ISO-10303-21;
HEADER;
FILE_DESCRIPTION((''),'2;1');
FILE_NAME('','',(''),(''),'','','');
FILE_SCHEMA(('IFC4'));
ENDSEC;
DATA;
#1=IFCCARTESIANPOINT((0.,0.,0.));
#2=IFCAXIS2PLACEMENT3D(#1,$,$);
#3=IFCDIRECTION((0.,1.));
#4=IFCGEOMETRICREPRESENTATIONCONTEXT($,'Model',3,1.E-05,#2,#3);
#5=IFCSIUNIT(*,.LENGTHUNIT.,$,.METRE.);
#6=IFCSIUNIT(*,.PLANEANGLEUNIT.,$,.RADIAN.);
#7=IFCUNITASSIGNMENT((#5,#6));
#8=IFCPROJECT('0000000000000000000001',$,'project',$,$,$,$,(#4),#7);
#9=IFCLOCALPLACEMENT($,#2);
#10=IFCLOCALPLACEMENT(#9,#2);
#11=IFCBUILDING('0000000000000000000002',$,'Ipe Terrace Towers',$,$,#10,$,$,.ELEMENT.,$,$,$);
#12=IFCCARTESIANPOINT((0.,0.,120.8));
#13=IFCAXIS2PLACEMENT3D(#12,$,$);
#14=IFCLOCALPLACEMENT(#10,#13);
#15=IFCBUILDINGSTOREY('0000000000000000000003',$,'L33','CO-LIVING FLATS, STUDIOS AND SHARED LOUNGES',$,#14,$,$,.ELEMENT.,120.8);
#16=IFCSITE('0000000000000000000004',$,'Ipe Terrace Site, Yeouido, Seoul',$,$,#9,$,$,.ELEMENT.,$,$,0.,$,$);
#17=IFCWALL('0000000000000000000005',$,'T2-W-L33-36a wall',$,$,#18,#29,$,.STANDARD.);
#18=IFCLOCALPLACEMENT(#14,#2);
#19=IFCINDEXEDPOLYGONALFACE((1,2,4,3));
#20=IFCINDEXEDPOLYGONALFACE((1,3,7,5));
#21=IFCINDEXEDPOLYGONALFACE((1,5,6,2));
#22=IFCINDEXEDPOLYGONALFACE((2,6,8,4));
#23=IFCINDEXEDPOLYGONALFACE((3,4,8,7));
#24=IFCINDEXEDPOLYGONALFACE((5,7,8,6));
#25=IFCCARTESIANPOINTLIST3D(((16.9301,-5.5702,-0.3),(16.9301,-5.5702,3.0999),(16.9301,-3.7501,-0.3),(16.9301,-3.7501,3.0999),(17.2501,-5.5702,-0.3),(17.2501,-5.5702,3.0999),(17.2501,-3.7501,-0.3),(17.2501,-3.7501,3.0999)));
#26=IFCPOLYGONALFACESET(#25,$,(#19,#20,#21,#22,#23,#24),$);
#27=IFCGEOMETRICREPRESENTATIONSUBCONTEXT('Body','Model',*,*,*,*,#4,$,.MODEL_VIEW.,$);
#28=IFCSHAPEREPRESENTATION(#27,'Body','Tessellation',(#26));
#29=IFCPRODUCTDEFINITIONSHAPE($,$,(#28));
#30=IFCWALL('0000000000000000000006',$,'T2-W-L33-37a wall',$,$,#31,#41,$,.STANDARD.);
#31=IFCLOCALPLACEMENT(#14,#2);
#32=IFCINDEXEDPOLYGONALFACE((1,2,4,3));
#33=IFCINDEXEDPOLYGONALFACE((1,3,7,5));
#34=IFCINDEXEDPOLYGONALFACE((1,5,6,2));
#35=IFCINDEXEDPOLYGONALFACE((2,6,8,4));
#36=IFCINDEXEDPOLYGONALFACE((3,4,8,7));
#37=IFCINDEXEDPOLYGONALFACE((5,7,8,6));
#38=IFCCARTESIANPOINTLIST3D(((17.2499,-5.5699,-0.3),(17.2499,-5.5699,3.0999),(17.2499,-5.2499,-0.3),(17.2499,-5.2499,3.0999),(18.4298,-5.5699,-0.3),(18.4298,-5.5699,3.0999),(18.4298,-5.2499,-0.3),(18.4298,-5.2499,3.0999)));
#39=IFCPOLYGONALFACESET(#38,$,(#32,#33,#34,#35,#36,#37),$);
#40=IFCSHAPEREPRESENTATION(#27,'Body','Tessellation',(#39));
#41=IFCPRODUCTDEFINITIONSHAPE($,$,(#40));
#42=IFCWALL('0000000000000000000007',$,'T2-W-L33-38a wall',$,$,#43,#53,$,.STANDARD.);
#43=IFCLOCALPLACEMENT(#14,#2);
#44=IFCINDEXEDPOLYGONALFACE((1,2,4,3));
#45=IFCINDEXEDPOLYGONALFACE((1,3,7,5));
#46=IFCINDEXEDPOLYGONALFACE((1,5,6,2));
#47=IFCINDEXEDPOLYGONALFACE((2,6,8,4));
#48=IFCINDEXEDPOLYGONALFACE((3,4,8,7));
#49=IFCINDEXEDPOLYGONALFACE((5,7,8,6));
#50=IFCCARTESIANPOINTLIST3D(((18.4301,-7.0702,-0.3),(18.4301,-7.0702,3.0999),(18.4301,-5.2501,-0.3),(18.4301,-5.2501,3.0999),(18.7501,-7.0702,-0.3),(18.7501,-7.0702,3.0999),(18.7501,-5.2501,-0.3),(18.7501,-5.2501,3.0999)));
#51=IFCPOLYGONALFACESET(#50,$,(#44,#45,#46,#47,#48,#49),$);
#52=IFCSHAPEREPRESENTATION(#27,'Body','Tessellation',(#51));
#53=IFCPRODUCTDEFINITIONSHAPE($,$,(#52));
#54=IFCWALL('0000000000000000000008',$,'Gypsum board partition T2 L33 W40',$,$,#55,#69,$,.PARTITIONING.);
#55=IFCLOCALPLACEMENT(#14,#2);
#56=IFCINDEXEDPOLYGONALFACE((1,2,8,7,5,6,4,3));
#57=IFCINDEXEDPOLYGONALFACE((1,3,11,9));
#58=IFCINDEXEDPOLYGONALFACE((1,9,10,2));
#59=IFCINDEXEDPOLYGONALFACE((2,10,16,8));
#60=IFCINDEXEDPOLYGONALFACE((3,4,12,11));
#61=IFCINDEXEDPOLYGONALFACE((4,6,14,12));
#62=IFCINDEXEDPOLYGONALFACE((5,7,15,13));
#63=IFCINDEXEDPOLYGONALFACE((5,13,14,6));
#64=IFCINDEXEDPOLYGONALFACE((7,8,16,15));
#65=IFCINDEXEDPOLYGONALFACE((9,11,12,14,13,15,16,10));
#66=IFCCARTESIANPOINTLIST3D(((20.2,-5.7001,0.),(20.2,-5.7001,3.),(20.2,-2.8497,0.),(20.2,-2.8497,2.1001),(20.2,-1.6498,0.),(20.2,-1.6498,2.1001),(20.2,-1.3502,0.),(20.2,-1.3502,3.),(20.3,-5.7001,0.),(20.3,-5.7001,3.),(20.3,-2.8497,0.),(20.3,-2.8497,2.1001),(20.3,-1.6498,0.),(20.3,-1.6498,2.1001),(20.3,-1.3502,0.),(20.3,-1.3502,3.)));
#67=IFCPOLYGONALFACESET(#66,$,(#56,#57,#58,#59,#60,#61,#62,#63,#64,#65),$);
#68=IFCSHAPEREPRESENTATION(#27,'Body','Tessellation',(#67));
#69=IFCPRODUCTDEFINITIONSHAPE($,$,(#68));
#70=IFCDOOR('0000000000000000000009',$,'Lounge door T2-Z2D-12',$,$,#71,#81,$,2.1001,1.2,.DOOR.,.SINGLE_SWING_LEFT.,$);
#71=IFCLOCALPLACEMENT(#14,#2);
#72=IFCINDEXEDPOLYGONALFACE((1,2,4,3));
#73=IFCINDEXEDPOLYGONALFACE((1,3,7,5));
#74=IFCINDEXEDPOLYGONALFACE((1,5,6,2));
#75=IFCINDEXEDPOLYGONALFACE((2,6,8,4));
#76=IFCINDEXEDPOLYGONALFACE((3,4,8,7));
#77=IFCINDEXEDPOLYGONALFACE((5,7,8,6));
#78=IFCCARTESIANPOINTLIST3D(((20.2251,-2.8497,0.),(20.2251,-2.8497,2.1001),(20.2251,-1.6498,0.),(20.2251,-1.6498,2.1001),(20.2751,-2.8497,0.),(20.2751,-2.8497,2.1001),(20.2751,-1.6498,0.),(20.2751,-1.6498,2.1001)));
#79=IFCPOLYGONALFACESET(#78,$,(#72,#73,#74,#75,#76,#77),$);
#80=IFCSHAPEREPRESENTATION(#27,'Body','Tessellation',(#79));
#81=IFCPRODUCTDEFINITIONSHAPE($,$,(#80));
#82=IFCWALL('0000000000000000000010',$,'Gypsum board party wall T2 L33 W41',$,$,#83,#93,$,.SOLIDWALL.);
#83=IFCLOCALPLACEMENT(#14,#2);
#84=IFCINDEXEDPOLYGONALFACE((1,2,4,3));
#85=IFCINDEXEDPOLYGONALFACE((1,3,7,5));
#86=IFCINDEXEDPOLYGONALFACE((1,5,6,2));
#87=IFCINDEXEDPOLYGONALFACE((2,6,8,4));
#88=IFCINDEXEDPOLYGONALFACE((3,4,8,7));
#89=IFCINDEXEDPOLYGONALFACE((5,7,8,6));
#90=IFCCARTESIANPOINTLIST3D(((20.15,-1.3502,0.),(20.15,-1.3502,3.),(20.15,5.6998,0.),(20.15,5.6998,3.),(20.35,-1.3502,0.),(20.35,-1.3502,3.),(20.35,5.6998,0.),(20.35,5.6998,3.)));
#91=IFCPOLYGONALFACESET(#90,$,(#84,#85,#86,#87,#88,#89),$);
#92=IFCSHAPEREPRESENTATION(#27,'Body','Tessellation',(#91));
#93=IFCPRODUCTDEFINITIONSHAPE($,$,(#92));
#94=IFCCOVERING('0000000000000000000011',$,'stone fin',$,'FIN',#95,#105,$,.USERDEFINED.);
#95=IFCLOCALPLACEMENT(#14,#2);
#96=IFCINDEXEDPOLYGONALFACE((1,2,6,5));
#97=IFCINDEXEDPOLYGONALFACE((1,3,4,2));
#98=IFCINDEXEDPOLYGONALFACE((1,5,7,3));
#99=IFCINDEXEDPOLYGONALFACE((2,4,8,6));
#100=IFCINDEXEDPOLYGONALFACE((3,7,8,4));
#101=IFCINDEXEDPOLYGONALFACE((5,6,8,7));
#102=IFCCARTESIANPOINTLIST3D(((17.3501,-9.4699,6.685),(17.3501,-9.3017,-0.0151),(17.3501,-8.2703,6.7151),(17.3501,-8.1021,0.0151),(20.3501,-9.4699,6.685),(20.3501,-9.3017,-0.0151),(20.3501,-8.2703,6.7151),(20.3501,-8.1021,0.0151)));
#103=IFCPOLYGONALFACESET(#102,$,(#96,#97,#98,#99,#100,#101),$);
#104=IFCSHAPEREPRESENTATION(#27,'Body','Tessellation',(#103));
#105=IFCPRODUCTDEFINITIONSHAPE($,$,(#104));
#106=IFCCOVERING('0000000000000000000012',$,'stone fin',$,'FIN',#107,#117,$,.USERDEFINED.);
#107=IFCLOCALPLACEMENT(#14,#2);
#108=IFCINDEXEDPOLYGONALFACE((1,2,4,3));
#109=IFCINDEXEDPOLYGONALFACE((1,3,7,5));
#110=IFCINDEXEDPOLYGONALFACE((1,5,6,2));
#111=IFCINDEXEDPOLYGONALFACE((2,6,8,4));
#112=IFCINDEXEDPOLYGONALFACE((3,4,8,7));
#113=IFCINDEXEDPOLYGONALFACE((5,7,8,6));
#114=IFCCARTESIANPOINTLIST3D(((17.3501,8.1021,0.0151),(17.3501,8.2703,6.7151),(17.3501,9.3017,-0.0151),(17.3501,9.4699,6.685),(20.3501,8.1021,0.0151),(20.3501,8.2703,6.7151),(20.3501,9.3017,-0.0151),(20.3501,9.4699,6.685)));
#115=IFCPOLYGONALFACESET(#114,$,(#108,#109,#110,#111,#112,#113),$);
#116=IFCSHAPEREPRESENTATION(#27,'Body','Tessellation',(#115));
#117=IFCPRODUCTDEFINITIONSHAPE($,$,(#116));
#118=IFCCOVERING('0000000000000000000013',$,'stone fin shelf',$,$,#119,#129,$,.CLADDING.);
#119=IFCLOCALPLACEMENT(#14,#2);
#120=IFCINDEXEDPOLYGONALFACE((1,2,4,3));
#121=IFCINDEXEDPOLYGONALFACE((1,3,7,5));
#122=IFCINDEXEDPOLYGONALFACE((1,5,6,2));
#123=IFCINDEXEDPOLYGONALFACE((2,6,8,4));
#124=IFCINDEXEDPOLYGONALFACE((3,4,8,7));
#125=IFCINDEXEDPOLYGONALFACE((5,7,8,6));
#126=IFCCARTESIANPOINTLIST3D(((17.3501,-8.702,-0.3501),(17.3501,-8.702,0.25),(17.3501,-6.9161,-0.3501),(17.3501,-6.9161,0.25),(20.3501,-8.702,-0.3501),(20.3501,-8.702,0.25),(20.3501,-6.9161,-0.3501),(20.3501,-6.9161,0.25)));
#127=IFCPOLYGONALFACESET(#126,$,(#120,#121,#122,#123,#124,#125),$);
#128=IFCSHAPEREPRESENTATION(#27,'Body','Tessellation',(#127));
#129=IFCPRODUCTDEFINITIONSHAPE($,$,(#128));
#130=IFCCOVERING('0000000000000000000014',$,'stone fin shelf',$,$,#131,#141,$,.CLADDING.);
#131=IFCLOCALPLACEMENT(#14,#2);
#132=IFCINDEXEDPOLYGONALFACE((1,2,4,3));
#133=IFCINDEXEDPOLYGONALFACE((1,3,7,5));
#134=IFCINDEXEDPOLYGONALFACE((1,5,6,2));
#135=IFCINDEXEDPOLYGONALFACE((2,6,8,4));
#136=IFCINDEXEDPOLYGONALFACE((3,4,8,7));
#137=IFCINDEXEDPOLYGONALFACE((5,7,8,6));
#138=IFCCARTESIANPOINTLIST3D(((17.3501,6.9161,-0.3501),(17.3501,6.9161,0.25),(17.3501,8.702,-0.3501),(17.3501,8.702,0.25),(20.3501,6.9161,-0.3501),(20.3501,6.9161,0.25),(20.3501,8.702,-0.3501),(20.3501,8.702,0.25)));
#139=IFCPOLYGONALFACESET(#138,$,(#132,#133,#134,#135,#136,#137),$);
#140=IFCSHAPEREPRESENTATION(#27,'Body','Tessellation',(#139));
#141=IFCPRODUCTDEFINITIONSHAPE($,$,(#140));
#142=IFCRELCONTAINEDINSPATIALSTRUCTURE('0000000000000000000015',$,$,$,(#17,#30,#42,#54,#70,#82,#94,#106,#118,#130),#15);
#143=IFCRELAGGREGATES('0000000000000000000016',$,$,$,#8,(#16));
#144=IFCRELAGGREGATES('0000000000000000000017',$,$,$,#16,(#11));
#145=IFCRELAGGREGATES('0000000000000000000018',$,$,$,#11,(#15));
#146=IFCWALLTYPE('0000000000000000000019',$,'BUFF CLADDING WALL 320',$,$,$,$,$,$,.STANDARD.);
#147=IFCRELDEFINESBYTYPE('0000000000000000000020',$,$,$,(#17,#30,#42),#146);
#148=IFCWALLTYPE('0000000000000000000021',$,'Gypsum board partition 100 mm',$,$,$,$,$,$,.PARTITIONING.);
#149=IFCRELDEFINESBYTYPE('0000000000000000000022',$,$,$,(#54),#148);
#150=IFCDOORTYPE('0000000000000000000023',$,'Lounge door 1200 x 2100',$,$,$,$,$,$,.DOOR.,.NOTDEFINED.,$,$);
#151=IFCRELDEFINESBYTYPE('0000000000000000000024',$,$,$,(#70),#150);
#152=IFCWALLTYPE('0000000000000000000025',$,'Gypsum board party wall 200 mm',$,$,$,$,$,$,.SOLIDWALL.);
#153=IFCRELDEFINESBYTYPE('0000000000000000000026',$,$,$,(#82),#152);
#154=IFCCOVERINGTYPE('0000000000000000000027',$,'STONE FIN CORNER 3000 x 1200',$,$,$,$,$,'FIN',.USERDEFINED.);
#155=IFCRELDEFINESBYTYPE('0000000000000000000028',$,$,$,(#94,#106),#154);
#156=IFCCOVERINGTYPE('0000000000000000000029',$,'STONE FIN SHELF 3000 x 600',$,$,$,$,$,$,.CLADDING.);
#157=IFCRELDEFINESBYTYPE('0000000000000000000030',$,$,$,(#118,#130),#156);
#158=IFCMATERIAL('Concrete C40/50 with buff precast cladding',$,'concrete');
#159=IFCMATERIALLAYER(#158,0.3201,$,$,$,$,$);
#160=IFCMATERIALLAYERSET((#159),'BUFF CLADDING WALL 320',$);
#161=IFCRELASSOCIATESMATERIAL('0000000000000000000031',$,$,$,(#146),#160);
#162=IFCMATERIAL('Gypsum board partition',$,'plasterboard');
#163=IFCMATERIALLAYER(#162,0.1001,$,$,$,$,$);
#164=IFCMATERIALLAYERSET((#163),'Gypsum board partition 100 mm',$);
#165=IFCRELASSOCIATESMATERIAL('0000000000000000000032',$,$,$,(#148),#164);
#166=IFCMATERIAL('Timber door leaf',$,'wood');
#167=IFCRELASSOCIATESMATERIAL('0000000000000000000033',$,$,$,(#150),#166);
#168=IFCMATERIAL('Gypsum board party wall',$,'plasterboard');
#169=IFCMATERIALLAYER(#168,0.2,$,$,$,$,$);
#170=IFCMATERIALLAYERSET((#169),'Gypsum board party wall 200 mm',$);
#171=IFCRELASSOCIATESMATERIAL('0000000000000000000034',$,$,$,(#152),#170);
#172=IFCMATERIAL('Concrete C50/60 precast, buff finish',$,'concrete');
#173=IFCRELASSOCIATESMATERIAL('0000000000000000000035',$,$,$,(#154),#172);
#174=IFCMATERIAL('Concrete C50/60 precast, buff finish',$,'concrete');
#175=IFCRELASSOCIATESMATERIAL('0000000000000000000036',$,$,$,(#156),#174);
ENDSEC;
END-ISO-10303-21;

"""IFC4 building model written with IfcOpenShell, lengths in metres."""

from ifc_helpers import new_model, si_unit, direction, frame, frame_2d, origin, origin_2d, place, context, subcontext, project, spatial, rectangle, extrude, material, layer, layer_set, material_profile, profile_set, type_object, element, fill, save


model = new_model("IFC4")

# Units and contexts
model_context = context("Model", 3, precision=1e-05, world=origin(), true_north=direction((0.0, 1.0)))
body_context = subcontext(model_context, "Body", "Model", "MODEL_VIEW")
ifc_project = project(units=[si_unit("LENGTHUNIT", "METRE"), si_unit("PLANEANGLEUNIT", "RADIAN")], contexts=[model_context])

# Site, building, storey
site_placement = place(None, origin())
site = spatial("IfcSite", under=ifc_project, at=site_placement, Name="Ipe Terrace Site, Yeouido, Seoul", CompositionType="ELEMENT", RefElevation=0.0)
building_placement = place(site_placement, origin())
building = spatial("IfcBuilding", under=site, at=building_placement, Name="Ipe Terrace Towers", CompositionType="ELEMENT")
storey_placement = place(building_placement, frame((0.0, 0.0, 120.8)))
storey = spatial("IfcBuildingStorey", under=building, at=storey_placement, Name="L33", Description="CO-LIVING FLATS, STUDIOS AND SHARED LOUNGES", CompositionType="ELEMENT", Elevation=120.8)

# Walls
ifc_material_1 = material(Name="Concrete C40/50 with buff precast cladding", Category="concrete")
ifc_layer_1 = layer(ifc_material_1, 0.3201)
ifc_layer_set_1 = layer_set([ifc_layer_1], Name="BUFF CLADDING WALL 320")
wall_type_1 = type_object("IfcWallType", Name="BUFF CLADDING WALL 320", PredefinedType="STANDARD", material=ifc_layer_set_1)
for number, where, z_axis, x_axis, name in (
    (1, (17.0901, -3.75, -0.3), (0.0, 0.0, 1.0), (0.0, -1.0, 0.0), "T2-W-L33-36a wall"),
):
    element("IfcWall", number, at=place(storey_placement, frame(where, z_axis=z_axis, x_axis=x_axis)), inside=storey, type_object=wall_type_1, Name=name, PredefinedType="STANDARD", context=body_context, shape_type="SweptSolid", body=[
        extrude(rectangle(XDim=1.8201, YDim=0.3201, at=frame_2d((0.9102, 0.0))), origin(), (0.0, 0.0, 1.0), 3.3999),
    ])
wall_1_placement = place(storey_placement, frame((17.25, -5.4099, -0.3), z_axis=(0.0, 0.0, 1.0), x_axis=(1.0, 0.0, 0.0)))
element("IfcWall", 2, at=wall_1_placement, inside=storey, type_object=wall_type_1, Name="T2-W-L33-37a wall", PredefinedType="STANDARD", context=body_context, shape_type="SweptSolid", body=[
    extrude(rectangle(XDim=1.1799, YDim=0.3201, at=frame_2d((0.5898, 0.0))), origin(), (0.0, 0.0, 1.0), 3.3999),
])
wall_2_placement = place(storey_placement, frame((18.5901, -5.25, -0.3), z_axis=(0.0, 0.0, 1.0), x_axis=(0.0, -1.0, 0.0)))
element("IfcWall", 3, at=wall_2_placement, inside=storey, type_object=wall_type_1, Name="T2-W-L33-38a wall", PredefinedType="STANDARD", context=body_context, shape_type="SweptSolid", body=[
    extrude(rectangle(XDim=1.8201, YDim=0.3201, at=frame_2d((0.9102, 0.0))), origin(), (0.0, 0.0, 1.0), 3.3999),
])

# Wall, opening, door
ifc_material_2 = material(Name="Gypsum board partition", Category="plasterboard")
ifc_layer_2 = layer(ifc_material_2, 0.1001)
ifc_layer_set_2 = layer_set([ifc_layer_2], Name="Gypsum board partition 100 mm")
wall_type_2 = type_object("IfcWallType", Name="Gypsum board partition 100 mm", PredefinedType="PARTITIONING", material=ifc_layer_set_2)
wall_3_placement = place(storey_placement, frame((20.25, -5.7, 0.0), z_axis=(0.0, 0.0, 1.0), x_axis=(0.0, 1.0, 0.0)))
wall_3 = element("IfcWall", 4, at=wall_3_placement, inside=storey, type_object=wall_type_2, Name="Gypsum board partition T2 L33 W40", PredefinedType="PARTITIONING", context=body_context, shape_type="SweptSolid", body=[
    extrude(rectangle(XDim=4.3499, YDim=0.1001, at=frame_2d((2.1748, 0.0))), origin(), (0.0, 0.0, 1.0), 3.0),
])
opening_placement = place(wall_3_placement, frame((2.8501, 0.0, 0.0)))
opening = element("IfcOpeningElement", 5, at=opening_placement, cuts=wall_3, PredefinedType="OPENING", context=body_context, shape_type="SweptSolid", body=[
    extrude(rectangle(XDim=1.2, YDim=2.1001, at=frame_2d((0.6001, 1.05))), frame((0.0, 0.0601, 0.0), z_axis=(0.0, -1.0, 0.0), x_axis=(1.0, 0.0, 0.0)), (0.0, 0.0, 1.0), 0.1201),
])
ifc_material_3 = material(Name="Timber door leaf", Category="wood")
door_type = type_object("IfcDoorType", Name="Lounge door 1200 x 2100", OperationType="NOTDEFINED", PredefinedType="DOOR", material=ifc_material_3)
door_placement = place(opening_placement, origin())
door = element("IfcDoor", 6, at=door_placement, inside=storey, type_object=door_type, Name="Lounge door T2-Z2D-12", OperationType="SINGLE_SWING_LEFT", OverallHeight=2.1001, OverallWidth=1.2, PredefinedType="DOOR", context=body_context, shape_type="SweptSolid", body=[
    extrude(rectangle(XDim=1.2, YDim=2.1001, at=frame_2d((0.6001, 1.05))), frame((0.0, 0.0249, 0.0), z_axis=(0.0, -1.0, 0.0), x_axis=(1.0, 0.0, 0.0)), (0.0, 0.0, 1.0), 0.05),
])
fill(opening, door)

# Wall
ifc_material_4 = material(Name="Gypsum board party wall", Category="plasterboard")
ifc_layer_3 = layer(ifc_material_4, 0.2)
ifc_layer_set_3 = layer_set([ifc_layer_3], Name="Gypsum board party wall 200 mm")
wall_type_3 = type_object("IfcWallType", Name="Gypsum board party wall 200 mm", PredefinedType="SOLIDWALL", material=ifc_layer_set_3)
wall_4_placement = place(storey_placement, frame((20.25, -1.3501, 0.0), z_axis=(0.0, 0.0, 1.0), x_axis=(0.0, 1.0, 0.0)))
element("IfcWall", 7, at=wall_4_placement, inside=storey, type_object=wall_type_3, Name="Gypsum board party wall T2 L33 W41", PredefinedType="SOLIDWALL", context=body_context, shape_type="SweptSolid", body=[
    extrude(rectangle(XDim=7.05, YDim=0.2, at=frame_2d((3.5249, 0.0))), origin(), (0.0, 0.0, 1.0), 3.0),
])

# Coverings
ifc_material_5 = material(Name="Concrete C50/60 precast, buff finish", Category="concrete")
ifc_material_profile_1 = material_profile(ifc_material_5, rectangle(XDim=3.0, YDim=1.2, at=origin_2d()), Name="STONE FIN CORNER 3000 x 1200")
ifc_profile_set_1 = profile_set([ifc_material_profile_1], Name="Concrete C50/60 precast, buff finish")
covering_type_1 = type_object("IfcCoveringType", Name="STONE FIN CORNER 3000 x 1200", ElementType="FIN", PredefinedType="USERDEFINED", material=ifc_profile_set_1)
for number, where, z_axis, x_axis, name in (
    (8, (18.8501, -8.7019, 0.0), (0.0, -0.025099, 0.999685), (1.0, 0.0, 0.0), "stone fin"),
    (9, (18.8501, 8.7019, 0.0), (0.0, 0.025099, 0.999685), (-1.0, 0.0, 0.0), "stone fin"),
):
    element("IfcCovering", number, at=place(storey_placement, frame(where, z_axis=z_axis, x_axis=x_axis)), inside=storey, type_object=covering_type_1, Name=name, ObjectType="FIN", PredefinedType="USERDEFINED", context=body_context, shape_type="SweptSolid", body=[
        extrude(rectangle(XDim=3.0, YDim=1.2, at=origin_2d()), origin(), (0.0, 0.0, 1.0), 6.7021),
    ])
ifc_material_6 = material(Name="Concrete C50/60 precast, buff finish", Category="concrete")
covering_type_2 = type_object("IfcCoveringType", Name="STONE FIN SHELF 3000 x 600", PredefinedType="CLADDING", material=ifc_material_6)
for number, where, z_axis, x_axis, name in (
    (10, (18.8501, -7.8091, -0.3501), (0.0, 0.0, 1.0), (1.0, 0.0, 0.0), "stone fin shelf"),
    (11, (18.8501, 7.8091, -0.3501), (0.0, 0.0, 1.0), (-1.0, 0.0, 0.0), "stone fin shelf"),
):
    element("IfcCovering", number, at=place(storey_placement, frame(where, z_axis=z_axis, x_axis=x_axis)), inside=storey, type_object=covering_type_2, Name=name, PredefinedType="CLADDING", context=body_context, shape_type="SweptSolid", body=[
        extrude(rectangle(XDim=3.0, YDim=1.7859, at=origin_2d()), origin(), (0.0, 0.0, 1.0), 0.6001),
    ])

save(model, "model.ifc")
